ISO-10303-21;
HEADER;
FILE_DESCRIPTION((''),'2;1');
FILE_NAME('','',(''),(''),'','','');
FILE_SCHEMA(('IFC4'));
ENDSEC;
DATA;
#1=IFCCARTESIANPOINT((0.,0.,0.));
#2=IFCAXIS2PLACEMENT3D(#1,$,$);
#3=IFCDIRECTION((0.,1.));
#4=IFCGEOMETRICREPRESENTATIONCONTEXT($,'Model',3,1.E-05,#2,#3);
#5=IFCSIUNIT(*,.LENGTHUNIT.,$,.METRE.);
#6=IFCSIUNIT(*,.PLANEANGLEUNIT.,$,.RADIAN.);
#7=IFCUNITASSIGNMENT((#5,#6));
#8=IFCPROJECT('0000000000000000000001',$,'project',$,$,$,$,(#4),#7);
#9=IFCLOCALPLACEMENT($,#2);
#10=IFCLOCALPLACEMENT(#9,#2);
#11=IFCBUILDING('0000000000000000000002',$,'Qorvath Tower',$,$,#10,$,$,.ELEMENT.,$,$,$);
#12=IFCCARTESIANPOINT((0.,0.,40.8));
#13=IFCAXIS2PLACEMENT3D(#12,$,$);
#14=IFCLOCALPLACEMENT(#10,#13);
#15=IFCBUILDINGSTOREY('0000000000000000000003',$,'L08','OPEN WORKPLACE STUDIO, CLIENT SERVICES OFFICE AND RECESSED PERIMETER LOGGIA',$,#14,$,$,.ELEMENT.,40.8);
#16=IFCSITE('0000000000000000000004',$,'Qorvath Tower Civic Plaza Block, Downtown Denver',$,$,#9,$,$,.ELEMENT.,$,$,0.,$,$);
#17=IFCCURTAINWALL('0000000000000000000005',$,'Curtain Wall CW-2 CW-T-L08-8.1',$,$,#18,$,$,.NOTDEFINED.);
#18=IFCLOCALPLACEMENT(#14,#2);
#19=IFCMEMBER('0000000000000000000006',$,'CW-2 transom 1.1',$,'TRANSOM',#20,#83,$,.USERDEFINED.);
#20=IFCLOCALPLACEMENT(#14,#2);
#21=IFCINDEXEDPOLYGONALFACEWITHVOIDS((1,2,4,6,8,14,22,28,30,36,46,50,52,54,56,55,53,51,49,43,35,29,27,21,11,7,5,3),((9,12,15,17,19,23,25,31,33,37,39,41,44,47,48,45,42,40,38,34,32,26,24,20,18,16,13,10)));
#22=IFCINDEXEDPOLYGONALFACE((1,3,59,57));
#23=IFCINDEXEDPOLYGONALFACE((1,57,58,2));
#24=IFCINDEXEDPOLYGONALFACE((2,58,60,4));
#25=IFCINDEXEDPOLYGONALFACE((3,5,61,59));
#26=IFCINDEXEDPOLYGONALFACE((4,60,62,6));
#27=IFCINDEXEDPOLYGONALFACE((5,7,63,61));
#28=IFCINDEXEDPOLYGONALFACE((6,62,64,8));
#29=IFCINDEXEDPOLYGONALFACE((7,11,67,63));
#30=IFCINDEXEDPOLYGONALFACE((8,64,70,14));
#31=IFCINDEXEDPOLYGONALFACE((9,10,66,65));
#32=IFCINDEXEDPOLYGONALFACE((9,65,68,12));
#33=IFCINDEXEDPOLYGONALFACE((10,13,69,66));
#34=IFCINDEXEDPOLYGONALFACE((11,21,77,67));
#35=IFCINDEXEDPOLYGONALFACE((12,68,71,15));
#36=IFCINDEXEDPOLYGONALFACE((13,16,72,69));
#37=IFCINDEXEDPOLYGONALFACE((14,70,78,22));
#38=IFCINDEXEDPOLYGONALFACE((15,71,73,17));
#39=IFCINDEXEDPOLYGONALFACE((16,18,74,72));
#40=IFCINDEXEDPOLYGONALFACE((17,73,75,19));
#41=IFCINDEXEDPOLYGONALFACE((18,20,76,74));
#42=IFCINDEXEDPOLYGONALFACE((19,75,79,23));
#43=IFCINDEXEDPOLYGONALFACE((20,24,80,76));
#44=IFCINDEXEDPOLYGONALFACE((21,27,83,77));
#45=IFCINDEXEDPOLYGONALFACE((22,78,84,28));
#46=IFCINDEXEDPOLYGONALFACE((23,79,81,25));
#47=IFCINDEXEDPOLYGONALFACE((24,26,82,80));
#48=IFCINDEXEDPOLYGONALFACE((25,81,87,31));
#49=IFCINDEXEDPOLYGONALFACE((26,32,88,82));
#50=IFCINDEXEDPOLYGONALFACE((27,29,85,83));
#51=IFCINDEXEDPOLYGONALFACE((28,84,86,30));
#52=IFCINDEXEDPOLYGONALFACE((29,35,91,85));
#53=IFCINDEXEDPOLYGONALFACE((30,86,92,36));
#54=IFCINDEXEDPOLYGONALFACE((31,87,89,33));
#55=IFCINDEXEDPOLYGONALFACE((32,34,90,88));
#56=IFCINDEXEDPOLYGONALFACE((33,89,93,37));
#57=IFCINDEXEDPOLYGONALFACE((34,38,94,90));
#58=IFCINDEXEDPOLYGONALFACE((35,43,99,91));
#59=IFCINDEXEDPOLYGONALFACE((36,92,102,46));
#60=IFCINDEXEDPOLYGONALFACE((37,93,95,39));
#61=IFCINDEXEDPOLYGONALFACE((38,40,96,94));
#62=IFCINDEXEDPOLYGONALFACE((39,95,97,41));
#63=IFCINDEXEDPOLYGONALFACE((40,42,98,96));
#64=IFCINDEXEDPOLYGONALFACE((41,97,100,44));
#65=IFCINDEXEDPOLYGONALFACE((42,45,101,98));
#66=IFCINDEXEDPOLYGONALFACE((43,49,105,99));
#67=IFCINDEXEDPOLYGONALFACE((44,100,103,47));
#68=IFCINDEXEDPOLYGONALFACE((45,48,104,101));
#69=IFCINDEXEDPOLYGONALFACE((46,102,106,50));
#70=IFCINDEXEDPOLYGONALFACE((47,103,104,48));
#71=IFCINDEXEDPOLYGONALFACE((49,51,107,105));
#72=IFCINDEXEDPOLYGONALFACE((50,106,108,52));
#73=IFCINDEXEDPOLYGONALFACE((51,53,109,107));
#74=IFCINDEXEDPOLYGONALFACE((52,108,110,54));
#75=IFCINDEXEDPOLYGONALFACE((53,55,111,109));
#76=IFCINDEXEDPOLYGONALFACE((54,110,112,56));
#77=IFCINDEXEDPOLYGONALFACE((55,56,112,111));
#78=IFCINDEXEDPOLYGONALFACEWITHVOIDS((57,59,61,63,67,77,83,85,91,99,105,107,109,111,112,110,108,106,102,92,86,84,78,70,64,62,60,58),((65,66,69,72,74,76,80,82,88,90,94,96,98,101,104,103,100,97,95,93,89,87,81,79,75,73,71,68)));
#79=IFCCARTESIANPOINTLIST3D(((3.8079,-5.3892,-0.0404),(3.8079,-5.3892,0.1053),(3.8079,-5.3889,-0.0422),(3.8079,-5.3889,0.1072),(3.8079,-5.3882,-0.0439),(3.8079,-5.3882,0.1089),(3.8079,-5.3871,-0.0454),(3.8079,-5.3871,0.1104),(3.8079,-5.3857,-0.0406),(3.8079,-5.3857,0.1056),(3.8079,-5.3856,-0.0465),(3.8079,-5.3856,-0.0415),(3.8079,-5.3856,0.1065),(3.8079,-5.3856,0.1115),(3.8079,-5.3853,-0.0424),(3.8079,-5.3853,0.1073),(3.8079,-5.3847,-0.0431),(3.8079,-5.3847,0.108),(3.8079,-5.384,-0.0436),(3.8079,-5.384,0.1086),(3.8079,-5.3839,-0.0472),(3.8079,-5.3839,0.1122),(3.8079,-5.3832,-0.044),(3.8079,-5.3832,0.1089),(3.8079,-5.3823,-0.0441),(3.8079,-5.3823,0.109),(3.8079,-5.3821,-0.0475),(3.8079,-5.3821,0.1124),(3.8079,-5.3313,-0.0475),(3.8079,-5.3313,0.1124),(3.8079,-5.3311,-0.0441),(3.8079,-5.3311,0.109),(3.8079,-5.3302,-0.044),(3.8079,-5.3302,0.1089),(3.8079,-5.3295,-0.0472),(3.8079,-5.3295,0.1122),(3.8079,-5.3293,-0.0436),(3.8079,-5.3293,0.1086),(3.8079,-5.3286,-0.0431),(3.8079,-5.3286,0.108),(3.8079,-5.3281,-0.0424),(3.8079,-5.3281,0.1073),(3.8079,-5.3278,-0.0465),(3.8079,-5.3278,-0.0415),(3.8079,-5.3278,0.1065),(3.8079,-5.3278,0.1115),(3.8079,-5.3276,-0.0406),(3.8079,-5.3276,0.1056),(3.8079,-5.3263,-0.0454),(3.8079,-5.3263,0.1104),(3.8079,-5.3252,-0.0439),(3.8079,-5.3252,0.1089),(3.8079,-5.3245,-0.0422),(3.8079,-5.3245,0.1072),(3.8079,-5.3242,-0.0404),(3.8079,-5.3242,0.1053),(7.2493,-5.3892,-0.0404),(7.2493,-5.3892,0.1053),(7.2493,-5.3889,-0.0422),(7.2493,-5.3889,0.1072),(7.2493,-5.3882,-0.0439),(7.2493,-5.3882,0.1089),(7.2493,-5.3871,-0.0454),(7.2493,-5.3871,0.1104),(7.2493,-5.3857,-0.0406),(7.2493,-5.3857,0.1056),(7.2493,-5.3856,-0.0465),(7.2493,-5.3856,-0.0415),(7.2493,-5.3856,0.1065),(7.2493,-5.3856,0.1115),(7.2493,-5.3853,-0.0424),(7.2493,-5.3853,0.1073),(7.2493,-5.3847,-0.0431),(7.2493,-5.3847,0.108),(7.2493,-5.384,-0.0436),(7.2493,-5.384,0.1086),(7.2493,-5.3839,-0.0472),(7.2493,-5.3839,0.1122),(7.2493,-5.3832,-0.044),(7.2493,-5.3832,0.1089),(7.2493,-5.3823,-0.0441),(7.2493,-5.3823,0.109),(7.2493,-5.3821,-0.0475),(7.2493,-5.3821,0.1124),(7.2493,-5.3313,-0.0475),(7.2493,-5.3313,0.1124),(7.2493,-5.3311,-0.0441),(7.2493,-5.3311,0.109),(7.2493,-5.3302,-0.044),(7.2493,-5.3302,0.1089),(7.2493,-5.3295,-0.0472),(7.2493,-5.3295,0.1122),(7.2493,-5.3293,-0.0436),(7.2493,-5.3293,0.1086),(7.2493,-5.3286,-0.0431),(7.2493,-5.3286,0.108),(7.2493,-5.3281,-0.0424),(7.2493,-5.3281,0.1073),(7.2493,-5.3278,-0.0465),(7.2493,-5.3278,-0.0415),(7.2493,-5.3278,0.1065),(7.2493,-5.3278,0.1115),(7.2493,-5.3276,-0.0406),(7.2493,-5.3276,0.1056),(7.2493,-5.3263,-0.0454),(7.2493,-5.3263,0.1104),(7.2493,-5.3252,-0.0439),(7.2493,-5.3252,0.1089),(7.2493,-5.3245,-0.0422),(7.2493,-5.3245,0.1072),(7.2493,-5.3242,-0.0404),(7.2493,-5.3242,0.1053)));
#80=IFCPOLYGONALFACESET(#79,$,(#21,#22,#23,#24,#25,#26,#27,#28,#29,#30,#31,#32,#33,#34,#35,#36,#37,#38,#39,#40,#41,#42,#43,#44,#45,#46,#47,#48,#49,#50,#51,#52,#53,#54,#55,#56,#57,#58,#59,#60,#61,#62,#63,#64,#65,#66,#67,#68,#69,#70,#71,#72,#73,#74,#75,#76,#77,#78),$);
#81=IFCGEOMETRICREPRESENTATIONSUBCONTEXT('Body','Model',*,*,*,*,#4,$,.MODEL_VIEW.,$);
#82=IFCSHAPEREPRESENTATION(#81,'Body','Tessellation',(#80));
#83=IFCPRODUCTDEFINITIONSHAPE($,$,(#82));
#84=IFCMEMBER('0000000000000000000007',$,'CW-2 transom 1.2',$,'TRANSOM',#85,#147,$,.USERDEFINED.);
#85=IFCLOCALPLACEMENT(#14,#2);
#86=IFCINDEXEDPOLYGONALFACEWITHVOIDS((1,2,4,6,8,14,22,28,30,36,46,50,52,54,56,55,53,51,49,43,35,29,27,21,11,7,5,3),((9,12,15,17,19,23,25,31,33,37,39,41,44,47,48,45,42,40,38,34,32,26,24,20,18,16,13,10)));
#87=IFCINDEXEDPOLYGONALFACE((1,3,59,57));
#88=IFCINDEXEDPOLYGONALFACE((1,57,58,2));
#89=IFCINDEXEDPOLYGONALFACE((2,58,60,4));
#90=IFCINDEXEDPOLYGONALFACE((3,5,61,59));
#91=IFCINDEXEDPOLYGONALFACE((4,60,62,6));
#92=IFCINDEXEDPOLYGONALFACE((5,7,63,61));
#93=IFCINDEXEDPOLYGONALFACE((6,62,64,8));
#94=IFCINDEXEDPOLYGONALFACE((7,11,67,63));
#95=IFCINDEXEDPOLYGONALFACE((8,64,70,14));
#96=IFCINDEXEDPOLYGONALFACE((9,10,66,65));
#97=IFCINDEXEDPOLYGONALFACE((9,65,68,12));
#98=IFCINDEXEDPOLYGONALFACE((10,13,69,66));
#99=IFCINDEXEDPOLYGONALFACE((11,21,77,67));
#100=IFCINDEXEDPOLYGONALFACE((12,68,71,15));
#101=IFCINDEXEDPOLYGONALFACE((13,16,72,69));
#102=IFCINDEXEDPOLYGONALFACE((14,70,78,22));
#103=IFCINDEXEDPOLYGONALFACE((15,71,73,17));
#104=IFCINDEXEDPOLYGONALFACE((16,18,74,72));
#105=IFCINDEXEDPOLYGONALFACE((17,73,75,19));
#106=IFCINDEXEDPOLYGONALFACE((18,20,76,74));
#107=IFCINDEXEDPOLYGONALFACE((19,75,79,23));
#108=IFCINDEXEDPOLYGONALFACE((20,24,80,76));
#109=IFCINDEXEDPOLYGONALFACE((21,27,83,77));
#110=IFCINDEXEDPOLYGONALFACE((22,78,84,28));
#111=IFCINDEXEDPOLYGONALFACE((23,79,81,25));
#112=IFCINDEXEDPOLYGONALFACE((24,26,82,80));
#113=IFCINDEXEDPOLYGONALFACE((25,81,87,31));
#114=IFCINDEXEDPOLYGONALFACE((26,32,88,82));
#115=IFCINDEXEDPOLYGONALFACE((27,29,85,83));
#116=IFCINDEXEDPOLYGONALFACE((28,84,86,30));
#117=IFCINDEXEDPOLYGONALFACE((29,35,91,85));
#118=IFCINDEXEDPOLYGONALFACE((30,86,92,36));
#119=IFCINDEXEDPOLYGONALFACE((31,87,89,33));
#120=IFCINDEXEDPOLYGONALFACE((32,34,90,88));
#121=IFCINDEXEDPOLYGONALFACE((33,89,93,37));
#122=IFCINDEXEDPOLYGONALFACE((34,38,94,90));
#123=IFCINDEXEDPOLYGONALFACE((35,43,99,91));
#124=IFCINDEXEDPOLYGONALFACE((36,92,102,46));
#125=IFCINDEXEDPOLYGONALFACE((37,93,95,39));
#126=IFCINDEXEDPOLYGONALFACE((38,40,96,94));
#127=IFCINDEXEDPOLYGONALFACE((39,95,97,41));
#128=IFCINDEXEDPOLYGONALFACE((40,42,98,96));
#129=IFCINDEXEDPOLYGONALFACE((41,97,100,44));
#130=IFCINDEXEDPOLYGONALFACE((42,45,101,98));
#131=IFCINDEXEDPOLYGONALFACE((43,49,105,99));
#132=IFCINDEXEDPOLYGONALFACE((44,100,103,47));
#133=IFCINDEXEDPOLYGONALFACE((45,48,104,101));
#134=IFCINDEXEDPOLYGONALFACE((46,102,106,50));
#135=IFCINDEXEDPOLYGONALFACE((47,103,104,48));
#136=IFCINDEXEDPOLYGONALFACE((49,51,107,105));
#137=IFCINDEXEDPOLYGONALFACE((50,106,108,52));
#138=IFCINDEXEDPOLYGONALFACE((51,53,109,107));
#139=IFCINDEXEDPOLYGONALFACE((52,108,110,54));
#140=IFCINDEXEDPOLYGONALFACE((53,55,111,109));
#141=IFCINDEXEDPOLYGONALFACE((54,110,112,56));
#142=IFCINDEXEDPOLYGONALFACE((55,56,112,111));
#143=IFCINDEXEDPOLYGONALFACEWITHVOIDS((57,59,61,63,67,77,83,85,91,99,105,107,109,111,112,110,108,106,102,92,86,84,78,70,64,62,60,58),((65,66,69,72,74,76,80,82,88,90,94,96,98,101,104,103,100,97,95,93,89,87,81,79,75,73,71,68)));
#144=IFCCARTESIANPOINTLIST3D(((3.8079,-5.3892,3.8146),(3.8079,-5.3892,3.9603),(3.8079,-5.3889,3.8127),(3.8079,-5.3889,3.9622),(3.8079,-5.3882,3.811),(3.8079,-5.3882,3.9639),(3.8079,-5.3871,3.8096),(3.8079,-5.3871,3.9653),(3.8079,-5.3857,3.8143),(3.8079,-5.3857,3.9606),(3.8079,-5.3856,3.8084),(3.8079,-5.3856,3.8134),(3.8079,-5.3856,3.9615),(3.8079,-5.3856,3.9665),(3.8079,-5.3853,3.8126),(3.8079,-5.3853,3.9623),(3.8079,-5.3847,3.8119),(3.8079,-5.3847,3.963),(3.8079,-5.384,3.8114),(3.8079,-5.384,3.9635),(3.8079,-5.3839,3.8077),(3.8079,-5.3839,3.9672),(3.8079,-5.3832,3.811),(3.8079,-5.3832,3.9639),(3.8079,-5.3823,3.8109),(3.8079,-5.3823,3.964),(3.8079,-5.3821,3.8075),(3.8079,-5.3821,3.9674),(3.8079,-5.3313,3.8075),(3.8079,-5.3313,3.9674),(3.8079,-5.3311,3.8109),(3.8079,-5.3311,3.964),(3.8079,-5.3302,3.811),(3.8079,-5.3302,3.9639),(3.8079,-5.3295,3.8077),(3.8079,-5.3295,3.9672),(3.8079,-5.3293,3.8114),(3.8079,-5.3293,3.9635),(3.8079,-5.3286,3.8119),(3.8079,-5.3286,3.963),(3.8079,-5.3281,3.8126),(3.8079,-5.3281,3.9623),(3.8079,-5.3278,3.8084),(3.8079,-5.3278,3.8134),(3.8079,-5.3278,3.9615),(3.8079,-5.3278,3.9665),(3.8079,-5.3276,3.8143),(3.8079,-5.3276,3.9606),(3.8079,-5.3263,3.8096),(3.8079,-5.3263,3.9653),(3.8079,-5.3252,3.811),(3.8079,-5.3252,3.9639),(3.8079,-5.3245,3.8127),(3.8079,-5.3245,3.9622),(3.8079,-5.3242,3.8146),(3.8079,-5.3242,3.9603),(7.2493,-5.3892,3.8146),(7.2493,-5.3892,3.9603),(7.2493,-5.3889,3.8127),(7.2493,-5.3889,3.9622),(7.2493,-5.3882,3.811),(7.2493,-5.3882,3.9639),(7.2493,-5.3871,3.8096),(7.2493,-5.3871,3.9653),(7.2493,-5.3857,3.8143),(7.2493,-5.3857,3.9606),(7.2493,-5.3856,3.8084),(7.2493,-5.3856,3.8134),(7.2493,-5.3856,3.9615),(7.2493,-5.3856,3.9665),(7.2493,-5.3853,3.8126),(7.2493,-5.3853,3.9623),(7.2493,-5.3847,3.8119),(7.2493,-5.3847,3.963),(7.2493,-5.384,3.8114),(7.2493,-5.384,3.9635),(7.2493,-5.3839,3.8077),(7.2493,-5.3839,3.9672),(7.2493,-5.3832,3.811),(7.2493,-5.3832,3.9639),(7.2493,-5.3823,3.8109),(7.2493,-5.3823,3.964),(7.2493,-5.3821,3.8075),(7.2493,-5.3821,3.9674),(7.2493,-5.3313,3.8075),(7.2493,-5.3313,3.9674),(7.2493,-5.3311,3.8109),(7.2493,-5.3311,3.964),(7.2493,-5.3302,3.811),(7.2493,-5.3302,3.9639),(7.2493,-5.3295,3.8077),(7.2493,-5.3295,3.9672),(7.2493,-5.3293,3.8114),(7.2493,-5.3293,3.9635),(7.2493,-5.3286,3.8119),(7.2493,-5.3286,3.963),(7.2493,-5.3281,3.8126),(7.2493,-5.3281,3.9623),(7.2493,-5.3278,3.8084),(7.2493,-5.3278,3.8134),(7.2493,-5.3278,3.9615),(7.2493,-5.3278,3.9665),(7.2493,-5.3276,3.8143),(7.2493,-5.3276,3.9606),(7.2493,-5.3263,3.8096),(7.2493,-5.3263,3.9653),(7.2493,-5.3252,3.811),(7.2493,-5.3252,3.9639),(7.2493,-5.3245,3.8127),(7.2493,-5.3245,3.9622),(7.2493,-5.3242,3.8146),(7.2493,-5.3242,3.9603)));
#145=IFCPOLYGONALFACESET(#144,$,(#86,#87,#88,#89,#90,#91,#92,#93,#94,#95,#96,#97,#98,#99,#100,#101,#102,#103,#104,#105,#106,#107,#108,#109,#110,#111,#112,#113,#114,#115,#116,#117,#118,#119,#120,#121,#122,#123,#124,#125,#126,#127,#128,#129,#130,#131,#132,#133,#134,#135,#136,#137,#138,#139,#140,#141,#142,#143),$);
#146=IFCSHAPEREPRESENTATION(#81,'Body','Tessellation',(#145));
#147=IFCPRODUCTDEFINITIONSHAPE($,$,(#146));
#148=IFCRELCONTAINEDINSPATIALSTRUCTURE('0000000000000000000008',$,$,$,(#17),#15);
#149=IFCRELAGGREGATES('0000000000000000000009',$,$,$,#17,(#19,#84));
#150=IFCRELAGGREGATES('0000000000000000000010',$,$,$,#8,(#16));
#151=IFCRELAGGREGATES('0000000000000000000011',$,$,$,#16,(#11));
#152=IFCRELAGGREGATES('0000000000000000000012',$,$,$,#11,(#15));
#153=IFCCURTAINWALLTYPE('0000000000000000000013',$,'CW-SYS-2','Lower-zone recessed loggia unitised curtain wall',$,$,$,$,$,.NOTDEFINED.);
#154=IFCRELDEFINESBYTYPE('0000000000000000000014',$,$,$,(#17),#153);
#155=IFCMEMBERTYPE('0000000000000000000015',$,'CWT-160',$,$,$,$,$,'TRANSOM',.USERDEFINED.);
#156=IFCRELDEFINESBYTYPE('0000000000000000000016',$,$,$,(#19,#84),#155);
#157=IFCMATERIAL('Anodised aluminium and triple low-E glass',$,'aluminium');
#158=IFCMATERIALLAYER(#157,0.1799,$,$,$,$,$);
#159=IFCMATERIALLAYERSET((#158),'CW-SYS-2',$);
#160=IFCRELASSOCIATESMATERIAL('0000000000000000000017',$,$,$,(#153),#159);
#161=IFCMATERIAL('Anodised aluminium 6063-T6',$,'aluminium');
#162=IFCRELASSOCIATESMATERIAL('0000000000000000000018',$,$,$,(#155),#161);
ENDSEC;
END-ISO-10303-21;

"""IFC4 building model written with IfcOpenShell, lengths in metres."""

from ifc_helpers import new_model, si_unit, direction, frame, origin, origin_2d, place, context, subcontext, project, spatial, hollow_rectangle, extrude, material, layer, layer_set, material_profile, profile_set, type_object, element, aggregate, save


model = new_model("IFC4")

# Units and contexts
model_context = context("Model", 3, precision=1e-05, world=origin(), true_north=direction((0.0, 1.0)))
body_context = subcontext(model_context, "Body", "Model", "MODEL_VIEW")
ifc_project = project(units=[si_unit("LENGTHUNIT", "METRE"), si_unit("PLANEANGLEUNIT", "RADIAN")], contexts=[model_context])

# Site, building, storey
site_placement = place(None, origin())
site = spatial("IfcSite", under=ifc_project, at=site_placement, Name="Qorvath Tower Civic Plaza Block, Downtown Denver", CompositionType="ELEMENT", RefElevation=0.0)
building_placement = place(site_placement, origin())
building = spatial("IfcBuilding", under=site, at=building_placement, Name="Qorvath Tower", CompositionType="ELEMENT")
storey_placement = place(building_placement, frame((0.0, 0.0, 40.8)))
storey = spatial("IfcBuildingStorey", under=building, at=storey_placement, Name="L08", Description="OPEN WORKPLACE STUDIO, CLIENT SERVICES OFFICE AND RECESSED PERIMETER LOGGIA", CompositionType="ELEMENT", Elevation=40.8)

# Shared definitions
ifc_material_1 = material(Name="Anodised aluminium and triple low-E glass", Category="aluminium")
ifc_layer_1 = layer(ifc_material_1, 0.1799)
ifc_layer_set_1 = layer_set([ifc_layer_1], Name="CW-SYS-2")
curtain_wall_type = type_object("IfcCurtainWallType", Name="CW-SYS-2", Description="Lower-zone recessed loggia unitised curtain wall", PredefinedType="NOTDEFINED", material=ifc_layer_set_1)

# Curtain wall
curtain_wall_1_placement = place(storey_placement, origin())
curtain_wall_1 = element("IfcCurtainWall", 1, at=curtain_wall_1_placement, inside=storey, type_object=curtain_wall_type, Name="Curtain Wall CW-2 CW-T-L08-8.1", PredefinedType="NOTDEFINED")

# Members
ifc_material_2 = material(Name="Anodised aluminium 6063-T6", Category="aluminium")
ifc_material_profile_1 = material_profile(ifc_material_2, hollow_rectangle(XDim=0.0649, YDim=0.1599, WallThickness=0.0034, InnerFilletRadius=0.0034, OuterFilletRadius=0.0071, at=origin_2d()), Name="CWT 160x65")
ifc_profile_set_1 = profile_set([ifc_material_profile_1], Name="Anodised aluminium 6063-T6")
member_type_1 = type_object("IfcMemberType", Name="CWT-160", ElementType="TRANSOM", PredefinedType="USERDEFINED", material=ifc_profile_set_1)
member_1_placement = place(storey_placement, frame((7.2493, -5.3567, 0.0325), z_axis=(-1.0, 0.0, 0.0), x_axis=(0.0, -1.0, 0.0)))
member_1 = element("IfcMember", 2, at=member_1_placement, type_object=member_type_1, Name="CW-2 transom 1.1", ObjectType="TRANSOM", PredefinedType="USERDEFINED", context=body_context, shape_type="SweptSolid", body=[
    extrude(hollow_rectangle(XDim=0.0649, YDim=0.1599, WallThickness=0.0034, InnerFilletRadius=0.0034, OuterFilletRadius=0.0071, at=origin_2d()), origin(), (0.0, 0.0, 1.0), 3.4414),
])
member_2_placement = place(storey_placement, frame((7.2493, -5.3567, 3.8875), z_axis=(-1.0, 0.0, 0.0), x_axis=(0.0, -1.0, 0.0)))
member_2 = element("IfcMember", 3, at=member_2_placement, type_object=member_type_1, Name="CW-2 transom 1.2", ObjectType="TRANSOM", PredefinedType="USERDEFINED", context=body_context, shape_type="SweptSolid", body=[
    extrude(hollow_rectangle(XDim=0.0649, YDim=0.1599, WallThickness=0.0034, InnerFilletRadius=0.0034, OuterFilletRadius=0.0071, at=origin_2d()), origin(), (0.0, 0.0, 1.0), 3.4414),
])

aggregate(curtain_wall_1, [member_1, member_2])

save(model, "model.ifc")
